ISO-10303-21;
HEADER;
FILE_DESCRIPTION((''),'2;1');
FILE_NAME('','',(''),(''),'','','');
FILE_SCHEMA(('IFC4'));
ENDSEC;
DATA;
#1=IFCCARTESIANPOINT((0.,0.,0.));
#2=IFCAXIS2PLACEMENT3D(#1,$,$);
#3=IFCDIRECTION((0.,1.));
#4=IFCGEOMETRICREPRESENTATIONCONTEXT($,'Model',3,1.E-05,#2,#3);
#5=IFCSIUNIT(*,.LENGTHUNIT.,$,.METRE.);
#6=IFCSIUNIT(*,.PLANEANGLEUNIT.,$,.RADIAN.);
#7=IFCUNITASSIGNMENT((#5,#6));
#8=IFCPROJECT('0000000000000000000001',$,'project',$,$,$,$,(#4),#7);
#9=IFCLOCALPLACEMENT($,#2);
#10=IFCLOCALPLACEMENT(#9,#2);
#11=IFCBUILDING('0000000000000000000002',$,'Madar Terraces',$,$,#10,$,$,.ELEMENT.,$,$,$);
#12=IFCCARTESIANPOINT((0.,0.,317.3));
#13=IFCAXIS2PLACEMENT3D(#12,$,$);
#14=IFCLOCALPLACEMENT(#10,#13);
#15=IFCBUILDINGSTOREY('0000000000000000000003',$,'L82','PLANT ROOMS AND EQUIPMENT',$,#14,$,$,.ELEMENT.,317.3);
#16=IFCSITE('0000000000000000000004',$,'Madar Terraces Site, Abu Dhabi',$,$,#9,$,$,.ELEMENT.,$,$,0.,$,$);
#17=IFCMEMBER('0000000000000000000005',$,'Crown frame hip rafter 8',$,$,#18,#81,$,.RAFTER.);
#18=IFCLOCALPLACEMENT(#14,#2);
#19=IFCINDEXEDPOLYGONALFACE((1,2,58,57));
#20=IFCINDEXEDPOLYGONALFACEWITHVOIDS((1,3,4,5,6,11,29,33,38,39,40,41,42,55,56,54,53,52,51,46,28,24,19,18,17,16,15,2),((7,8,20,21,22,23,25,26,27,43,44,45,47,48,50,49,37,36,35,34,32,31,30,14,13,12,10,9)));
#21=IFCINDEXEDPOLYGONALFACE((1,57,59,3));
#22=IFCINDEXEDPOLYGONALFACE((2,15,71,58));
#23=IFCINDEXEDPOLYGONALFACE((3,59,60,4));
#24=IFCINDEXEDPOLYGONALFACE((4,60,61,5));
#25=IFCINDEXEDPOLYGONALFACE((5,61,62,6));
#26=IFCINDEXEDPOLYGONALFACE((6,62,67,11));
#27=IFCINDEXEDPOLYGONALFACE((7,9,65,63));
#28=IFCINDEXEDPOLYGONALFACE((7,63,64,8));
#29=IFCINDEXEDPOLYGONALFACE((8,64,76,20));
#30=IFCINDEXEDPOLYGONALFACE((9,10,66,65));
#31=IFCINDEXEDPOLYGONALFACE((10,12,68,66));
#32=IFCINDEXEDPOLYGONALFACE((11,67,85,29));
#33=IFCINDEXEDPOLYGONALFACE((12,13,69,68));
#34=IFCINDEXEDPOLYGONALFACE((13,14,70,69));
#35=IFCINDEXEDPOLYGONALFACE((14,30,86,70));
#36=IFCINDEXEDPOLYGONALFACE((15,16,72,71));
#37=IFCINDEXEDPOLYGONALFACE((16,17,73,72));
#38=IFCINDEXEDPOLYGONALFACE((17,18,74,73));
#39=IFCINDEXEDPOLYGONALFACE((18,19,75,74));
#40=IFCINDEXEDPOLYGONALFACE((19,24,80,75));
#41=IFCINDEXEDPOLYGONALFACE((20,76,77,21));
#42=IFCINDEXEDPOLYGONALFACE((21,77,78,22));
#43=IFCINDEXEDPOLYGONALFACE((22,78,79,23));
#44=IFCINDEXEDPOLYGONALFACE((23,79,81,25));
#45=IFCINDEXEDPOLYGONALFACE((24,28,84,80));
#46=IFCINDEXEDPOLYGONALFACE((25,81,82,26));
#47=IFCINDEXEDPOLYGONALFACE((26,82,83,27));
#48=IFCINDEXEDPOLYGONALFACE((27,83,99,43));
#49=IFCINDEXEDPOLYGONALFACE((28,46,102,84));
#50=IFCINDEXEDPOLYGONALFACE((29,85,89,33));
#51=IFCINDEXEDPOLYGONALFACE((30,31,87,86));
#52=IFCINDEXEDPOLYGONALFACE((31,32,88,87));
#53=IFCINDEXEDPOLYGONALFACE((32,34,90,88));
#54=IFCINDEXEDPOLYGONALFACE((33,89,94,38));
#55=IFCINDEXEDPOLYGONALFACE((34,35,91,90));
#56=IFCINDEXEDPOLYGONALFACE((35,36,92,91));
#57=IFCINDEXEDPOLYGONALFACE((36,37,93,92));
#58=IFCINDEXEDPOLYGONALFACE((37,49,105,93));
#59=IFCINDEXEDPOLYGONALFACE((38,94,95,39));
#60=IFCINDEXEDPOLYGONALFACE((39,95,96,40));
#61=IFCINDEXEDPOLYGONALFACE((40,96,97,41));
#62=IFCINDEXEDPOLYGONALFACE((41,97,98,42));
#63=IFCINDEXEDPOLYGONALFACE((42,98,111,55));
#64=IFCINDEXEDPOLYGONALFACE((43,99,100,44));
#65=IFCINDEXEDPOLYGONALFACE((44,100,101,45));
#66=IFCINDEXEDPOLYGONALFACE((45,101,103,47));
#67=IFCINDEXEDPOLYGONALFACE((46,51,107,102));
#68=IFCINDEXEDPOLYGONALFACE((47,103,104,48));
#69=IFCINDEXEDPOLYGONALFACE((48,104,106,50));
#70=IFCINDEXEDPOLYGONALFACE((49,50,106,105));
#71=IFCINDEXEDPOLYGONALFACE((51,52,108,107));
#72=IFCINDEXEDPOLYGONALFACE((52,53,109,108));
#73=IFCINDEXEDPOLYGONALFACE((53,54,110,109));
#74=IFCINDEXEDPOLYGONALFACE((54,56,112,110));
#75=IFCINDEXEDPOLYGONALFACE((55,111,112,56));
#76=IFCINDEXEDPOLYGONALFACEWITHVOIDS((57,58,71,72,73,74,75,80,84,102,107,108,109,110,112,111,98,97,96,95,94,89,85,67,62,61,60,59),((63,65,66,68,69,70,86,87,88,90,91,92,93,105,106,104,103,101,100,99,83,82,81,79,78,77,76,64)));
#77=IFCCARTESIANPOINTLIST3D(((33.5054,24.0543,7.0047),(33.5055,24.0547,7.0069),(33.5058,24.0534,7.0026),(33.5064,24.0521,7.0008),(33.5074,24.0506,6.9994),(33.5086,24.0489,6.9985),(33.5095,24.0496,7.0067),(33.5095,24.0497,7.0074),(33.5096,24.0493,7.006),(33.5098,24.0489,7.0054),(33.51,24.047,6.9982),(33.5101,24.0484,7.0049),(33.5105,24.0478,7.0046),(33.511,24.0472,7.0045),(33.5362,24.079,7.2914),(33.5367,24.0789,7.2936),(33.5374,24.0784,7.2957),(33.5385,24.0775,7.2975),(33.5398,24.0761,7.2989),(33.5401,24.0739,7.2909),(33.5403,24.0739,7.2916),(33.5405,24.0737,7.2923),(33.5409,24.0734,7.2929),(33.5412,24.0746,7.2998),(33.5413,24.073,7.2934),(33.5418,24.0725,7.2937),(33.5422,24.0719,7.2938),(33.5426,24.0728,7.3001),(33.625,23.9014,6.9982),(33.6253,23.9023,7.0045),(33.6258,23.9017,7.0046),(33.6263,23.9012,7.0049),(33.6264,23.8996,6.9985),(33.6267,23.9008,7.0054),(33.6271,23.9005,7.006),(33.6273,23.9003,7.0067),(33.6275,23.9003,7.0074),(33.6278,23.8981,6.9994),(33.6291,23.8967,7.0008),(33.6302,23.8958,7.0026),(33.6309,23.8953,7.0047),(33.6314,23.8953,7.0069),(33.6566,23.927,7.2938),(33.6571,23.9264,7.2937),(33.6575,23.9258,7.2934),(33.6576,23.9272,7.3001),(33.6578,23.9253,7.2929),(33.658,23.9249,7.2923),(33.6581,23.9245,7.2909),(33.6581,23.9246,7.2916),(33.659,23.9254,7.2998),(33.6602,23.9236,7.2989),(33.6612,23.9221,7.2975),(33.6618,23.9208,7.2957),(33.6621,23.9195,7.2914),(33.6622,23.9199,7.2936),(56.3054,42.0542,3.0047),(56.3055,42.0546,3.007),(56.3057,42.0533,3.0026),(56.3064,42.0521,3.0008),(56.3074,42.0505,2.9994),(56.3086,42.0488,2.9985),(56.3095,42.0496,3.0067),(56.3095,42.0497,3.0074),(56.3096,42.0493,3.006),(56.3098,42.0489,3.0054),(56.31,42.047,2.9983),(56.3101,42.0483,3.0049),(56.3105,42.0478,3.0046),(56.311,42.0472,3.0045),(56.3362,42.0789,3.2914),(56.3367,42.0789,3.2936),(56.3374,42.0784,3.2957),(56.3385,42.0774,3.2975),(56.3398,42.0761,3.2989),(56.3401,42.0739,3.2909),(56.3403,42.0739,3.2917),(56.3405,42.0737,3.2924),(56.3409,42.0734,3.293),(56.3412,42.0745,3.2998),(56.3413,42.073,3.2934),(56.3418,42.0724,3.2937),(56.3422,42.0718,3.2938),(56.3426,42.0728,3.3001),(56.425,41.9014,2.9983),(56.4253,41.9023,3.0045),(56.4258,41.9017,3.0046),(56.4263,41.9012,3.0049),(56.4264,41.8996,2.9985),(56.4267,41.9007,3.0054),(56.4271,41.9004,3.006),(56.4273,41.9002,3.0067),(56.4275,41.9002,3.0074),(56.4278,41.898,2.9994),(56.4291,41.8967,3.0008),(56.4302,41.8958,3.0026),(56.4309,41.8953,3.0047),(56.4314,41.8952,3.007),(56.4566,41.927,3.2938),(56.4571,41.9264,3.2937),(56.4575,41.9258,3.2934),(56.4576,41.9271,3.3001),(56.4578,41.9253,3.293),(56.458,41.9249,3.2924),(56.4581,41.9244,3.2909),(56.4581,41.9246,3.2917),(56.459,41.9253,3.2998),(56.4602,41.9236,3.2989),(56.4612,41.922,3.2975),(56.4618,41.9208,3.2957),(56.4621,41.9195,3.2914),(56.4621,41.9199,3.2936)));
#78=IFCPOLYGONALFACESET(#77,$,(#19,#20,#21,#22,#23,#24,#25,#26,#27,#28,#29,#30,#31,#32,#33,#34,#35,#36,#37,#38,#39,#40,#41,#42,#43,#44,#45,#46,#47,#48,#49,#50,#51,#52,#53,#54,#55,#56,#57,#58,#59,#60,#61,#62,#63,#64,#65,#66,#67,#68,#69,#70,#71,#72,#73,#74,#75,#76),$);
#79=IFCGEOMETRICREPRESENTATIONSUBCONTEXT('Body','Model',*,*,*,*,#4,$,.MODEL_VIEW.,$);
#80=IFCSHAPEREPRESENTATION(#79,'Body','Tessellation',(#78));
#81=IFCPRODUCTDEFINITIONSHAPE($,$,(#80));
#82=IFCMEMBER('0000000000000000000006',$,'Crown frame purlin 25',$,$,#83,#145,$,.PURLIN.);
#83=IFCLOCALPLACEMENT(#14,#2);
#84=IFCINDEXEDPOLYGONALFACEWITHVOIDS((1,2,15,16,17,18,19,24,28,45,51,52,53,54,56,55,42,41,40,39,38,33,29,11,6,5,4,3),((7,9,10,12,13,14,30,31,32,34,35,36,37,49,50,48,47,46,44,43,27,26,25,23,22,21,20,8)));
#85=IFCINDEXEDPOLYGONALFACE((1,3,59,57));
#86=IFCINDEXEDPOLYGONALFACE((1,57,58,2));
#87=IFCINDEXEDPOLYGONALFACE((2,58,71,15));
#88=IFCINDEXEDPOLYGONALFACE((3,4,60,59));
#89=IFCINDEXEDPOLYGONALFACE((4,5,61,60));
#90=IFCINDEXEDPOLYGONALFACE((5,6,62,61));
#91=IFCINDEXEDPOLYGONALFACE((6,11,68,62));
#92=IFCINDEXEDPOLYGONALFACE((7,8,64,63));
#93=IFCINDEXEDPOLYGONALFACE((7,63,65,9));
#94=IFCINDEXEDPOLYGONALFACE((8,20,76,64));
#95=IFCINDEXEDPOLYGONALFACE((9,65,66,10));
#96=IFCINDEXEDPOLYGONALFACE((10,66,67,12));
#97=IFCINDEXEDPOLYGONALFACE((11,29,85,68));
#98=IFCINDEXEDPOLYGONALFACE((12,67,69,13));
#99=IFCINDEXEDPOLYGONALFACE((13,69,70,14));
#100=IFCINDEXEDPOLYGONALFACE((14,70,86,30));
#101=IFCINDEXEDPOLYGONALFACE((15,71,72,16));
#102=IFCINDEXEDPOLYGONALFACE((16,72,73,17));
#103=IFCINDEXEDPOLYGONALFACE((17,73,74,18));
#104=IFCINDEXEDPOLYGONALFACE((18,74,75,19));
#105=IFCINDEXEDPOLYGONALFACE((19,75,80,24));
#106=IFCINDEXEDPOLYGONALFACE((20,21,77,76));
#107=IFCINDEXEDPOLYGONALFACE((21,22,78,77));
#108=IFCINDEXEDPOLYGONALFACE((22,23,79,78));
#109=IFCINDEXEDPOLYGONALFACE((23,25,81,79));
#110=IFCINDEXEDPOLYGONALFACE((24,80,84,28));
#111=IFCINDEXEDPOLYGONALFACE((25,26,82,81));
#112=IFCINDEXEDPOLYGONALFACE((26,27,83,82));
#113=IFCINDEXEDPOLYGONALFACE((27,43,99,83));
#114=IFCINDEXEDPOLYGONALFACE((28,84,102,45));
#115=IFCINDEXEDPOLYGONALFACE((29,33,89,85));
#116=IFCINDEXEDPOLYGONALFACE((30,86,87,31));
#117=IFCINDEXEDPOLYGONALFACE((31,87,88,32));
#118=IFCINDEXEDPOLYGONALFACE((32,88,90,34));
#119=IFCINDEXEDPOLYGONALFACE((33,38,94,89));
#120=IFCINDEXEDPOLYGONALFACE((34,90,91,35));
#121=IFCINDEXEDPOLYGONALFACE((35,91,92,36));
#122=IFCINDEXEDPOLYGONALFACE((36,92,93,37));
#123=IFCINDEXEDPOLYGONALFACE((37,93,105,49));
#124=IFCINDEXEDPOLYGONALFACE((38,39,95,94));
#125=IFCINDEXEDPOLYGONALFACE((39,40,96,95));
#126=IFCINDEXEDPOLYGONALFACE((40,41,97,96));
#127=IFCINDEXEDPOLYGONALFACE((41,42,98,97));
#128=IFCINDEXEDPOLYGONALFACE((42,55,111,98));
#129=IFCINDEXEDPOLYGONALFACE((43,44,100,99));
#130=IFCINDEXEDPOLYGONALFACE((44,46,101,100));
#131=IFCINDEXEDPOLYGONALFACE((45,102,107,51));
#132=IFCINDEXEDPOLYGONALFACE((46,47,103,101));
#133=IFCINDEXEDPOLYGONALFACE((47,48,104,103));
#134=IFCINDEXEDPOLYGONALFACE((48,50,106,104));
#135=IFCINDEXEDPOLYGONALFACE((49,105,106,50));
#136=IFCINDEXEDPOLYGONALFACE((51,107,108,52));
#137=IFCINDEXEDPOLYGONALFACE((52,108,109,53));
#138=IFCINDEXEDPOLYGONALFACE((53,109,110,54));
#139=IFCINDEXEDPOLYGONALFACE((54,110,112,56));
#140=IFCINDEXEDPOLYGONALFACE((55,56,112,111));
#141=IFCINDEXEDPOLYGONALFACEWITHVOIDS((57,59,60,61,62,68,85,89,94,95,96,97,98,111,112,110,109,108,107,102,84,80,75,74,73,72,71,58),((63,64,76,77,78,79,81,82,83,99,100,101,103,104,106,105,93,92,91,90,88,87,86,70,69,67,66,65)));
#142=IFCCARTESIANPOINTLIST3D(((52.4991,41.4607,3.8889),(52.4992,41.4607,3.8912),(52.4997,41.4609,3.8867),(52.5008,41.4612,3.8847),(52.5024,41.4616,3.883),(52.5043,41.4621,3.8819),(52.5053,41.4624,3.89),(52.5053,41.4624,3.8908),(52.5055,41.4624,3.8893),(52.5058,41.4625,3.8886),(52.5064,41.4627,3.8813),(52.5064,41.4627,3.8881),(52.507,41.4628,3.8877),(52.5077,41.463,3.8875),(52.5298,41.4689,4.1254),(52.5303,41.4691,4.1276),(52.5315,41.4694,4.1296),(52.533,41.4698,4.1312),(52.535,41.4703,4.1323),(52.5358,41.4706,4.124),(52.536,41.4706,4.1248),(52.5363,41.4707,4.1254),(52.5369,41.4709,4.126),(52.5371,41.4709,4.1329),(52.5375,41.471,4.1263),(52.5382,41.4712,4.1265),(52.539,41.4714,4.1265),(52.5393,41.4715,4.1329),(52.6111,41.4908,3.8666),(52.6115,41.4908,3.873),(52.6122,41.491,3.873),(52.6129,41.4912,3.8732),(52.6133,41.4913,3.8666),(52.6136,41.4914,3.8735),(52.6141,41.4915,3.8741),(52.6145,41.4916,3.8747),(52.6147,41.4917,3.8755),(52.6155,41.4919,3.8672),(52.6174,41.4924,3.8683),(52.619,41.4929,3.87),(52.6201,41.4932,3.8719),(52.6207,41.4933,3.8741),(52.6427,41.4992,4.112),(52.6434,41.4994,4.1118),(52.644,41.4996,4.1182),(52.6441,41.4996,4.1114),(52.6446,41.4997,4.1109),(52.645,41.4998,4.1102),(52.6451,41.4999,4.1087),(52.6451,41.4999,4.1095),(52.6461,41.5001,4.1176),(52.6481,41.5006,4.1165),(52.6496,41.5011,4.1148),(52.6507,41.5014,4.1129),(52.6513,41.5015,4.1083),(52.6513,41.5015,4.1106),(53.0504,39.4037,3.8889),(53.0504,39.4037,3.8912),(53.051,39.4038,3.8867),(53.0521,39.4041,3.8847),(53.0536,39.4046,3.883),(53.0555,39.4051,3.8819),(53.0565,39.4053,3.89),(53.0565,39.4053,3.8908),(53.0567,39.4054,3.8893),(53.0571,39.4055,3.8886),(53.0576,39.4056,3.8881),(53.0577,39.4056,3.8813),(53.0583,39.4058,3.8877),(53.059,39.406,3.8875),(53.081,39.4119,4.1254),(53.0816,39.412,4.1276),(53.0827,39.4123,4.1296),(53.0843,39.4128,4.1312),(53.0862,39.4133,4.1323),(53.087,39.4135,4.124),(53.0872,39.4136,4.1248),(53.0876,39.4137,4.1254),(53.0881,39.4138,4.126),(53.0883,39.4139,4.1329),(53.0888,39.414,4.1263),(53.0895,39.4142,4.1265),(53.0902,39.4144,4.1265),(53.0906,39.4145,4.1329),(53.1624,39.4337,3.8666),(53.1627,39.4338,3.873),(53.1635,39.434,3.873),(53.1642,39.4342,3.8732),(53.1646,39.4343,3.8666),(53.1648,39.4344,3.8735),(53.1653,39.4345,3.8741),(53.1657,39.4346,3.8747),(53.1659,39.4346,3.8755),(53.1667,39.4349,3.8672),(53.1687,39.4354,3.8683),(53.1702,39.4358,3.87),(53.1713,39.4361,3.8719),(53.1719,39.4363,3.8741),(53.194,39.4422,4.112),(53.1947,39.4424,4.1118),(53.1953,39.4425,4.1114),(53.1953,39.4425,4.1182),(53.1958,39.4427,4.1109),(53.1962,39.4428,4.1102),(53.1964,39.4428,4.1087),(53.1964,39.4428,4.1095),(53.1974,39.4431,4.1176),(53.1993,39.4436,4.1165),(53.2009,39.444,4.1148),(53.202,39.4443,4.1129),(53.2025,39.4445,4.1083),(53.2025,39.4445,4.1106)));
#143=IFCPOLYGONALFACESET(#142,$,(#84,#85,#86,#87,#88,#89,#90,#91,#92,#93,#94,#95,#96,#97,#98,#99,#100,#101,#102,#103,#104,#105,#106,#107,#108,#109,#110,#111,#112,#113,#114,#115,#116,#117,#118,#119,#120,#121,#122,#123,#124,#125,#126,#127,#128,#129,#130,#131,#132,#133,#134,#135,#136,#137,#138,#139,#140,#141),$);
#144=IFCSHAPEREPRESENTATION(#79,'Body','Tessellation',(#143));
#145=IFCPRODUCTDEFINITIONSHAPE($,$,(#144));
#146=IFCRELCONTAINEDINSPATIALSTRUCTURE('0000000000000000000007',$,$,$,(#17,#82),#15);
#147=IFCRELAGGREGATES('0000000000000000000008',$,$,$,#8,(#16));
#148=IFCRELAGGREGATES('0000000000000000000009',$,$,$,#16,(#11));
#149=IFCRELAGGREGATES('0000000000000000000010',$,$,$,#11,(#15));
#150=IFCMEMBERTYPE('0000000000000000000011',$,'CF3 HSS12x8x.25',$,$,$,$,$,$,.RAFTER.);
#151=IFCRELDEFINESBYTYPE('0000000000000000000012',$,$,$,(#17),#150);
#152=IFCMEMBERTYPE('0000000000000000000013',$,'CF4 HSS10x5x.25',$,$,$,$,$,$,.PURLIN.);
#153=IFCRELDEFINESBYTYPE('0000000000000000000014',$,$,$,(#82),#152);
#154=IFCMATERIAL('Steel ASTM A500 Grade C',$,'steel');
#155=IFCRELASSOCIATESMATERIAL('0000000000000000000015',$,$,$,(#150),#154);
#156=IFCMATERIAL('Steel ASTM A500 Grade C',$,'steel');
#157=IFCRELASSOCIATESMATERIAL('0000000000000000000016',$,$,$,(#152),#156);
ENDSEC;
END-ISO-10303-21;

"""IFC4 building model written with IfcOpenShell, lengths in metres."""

from ifc_helpers import new_model, si_unit, direction, frame, origin, origin_2d, place, context, subcontext, project, spatial, hollow_rectangle, extrude, material, material_profile, profile_set, type_object, element, save


model = new_model("IFC4")

# Units and contexts
model_context = context("Model", 3, precision=1e-05, world=origin(), true_north=direction((0.0, 1.0)))
body_context = subcontext(model_context, "Body", "Model", "MODEL_VIEW")
ifc_project = project(units=[si_unit("LENGTHUNIT", "METRE"), si_unit("PLANEANGLEUNIT", "RADIAN")], contexts=[model_context])

# Site, building, storey
site_placement = place(None, origin())
site = spatial("IfcSite", under=ifc_project, at=site_placement, Name="Madar Terraces Site, Abu Dhabi", CompositionType="ELEMENT", RefElevation=0.0)
building_placement = place(site_placement, origin())
building = spatial("IfcBuilding", under=site, at=building_placement, Name="Madar Terraces", CompositionType="ELEMENT")
storey_placement = place(building_placement, frame((0.0, 0.0, 317.3)))
storey = spatial("IfcBuildingStorey", under=building, at=storey_placement, Name="L82", Description="PLANT ROOMS AND EQUIPMENT", CompositionType="ELEMENT", Elevation=317.3)

# Members
ifc_material_1 = material(Name="Steel ASTM A500 Grade C", Category="steel")
ifc_material_profile_1 = material_profile(ifc_material_1, hollow_rectangle(XDim=0.2031, YDim=0.3047, WallThickness=0.0063, InnerFilletRadius=0.0029, OuterFilletRadius=0.0088, at=origin_2d()), Name="HSS12x8x.25")
ifc_profile_set_1 = profile_set([ifc_material_profile_1], Name="Steel ASTM A500 Grade C")
member_type_1 = type_object("IfcMemberType", Name="CF3 HSS12x8x.25", PredefinedType="RAFTER", material=ifc_profile_set_1)
member_1_placement = place(storey_placement, frame((56.3838, 41.9871, 3.1492), z_axis=(-0.777547, -0.613851, 0.136411), x_axis=(0.619643, -0.784883, 0.0)))
element("IfcMember", 1, at=member_1_placement, inside=storey, type_object=member_type_1, Name="Crown frame hip rafter 8", PredefinedType="RAFTER", context=body_context, shape_type="SweptSolid", body=[
    extrude(hollow_rectangle(XDim=0.2031, YDim=0.3047, WallThickness=0.0063, InnerFilletRadius=0.0029, OuterFilletRadius=0.0088, at=origin_2d()), origin(), (0.0, 0.0, 1.0), 29.323),
])
ifc_material_2 = material(Name="Steel ASTM A500 Grade C", Category="steel")
ifc_material_profile_2 = material_profile(ifc_material_2, hollow_rectangle(XDim=0.127, YDim=0.2539, WallThickness=0.0063, InnerFilletRadius=0.0029, OuterFilletRadius=0.0088, at=origin_2d()), Name="HSS10x5x.25")
ifc_profile_set_2 = profile_set([ifc_material_profile_2], Name="Steel ASTM A500 Grade C")
member_type_2 = type_object("IfcMemberType", Name="CF4 HSS10x5x.25", PredefinedType="PURLIN", material=ifc_profile_set_2)
member_2_placement = place(storey_placement, frame((53.1265, 39.4241, 3.9998), z_axis=(-0.258847, 0.965918, 0.0), x_axis=(-0.957196, -0.256509, 0.134086)))
element("IfcMember", 2, at=member_2_placement, inside=storey, type_object=member_type_2, Name="Crown frame purlin 25", PredefinedType="PURLIN", context=body_context, shape_type="SweptSolid", body=[
    extrude(hollow_rectangle(XDim=0.127, YDim=0.2539, WallThickness=0.0063, InnerFilletRadius=0.0029, OuterFilletRadius=0.0088, at=origin_2d()), origin(), (0.0, 0.0, 1.0), 2.1296),
])

save(model, "model.ifc")
